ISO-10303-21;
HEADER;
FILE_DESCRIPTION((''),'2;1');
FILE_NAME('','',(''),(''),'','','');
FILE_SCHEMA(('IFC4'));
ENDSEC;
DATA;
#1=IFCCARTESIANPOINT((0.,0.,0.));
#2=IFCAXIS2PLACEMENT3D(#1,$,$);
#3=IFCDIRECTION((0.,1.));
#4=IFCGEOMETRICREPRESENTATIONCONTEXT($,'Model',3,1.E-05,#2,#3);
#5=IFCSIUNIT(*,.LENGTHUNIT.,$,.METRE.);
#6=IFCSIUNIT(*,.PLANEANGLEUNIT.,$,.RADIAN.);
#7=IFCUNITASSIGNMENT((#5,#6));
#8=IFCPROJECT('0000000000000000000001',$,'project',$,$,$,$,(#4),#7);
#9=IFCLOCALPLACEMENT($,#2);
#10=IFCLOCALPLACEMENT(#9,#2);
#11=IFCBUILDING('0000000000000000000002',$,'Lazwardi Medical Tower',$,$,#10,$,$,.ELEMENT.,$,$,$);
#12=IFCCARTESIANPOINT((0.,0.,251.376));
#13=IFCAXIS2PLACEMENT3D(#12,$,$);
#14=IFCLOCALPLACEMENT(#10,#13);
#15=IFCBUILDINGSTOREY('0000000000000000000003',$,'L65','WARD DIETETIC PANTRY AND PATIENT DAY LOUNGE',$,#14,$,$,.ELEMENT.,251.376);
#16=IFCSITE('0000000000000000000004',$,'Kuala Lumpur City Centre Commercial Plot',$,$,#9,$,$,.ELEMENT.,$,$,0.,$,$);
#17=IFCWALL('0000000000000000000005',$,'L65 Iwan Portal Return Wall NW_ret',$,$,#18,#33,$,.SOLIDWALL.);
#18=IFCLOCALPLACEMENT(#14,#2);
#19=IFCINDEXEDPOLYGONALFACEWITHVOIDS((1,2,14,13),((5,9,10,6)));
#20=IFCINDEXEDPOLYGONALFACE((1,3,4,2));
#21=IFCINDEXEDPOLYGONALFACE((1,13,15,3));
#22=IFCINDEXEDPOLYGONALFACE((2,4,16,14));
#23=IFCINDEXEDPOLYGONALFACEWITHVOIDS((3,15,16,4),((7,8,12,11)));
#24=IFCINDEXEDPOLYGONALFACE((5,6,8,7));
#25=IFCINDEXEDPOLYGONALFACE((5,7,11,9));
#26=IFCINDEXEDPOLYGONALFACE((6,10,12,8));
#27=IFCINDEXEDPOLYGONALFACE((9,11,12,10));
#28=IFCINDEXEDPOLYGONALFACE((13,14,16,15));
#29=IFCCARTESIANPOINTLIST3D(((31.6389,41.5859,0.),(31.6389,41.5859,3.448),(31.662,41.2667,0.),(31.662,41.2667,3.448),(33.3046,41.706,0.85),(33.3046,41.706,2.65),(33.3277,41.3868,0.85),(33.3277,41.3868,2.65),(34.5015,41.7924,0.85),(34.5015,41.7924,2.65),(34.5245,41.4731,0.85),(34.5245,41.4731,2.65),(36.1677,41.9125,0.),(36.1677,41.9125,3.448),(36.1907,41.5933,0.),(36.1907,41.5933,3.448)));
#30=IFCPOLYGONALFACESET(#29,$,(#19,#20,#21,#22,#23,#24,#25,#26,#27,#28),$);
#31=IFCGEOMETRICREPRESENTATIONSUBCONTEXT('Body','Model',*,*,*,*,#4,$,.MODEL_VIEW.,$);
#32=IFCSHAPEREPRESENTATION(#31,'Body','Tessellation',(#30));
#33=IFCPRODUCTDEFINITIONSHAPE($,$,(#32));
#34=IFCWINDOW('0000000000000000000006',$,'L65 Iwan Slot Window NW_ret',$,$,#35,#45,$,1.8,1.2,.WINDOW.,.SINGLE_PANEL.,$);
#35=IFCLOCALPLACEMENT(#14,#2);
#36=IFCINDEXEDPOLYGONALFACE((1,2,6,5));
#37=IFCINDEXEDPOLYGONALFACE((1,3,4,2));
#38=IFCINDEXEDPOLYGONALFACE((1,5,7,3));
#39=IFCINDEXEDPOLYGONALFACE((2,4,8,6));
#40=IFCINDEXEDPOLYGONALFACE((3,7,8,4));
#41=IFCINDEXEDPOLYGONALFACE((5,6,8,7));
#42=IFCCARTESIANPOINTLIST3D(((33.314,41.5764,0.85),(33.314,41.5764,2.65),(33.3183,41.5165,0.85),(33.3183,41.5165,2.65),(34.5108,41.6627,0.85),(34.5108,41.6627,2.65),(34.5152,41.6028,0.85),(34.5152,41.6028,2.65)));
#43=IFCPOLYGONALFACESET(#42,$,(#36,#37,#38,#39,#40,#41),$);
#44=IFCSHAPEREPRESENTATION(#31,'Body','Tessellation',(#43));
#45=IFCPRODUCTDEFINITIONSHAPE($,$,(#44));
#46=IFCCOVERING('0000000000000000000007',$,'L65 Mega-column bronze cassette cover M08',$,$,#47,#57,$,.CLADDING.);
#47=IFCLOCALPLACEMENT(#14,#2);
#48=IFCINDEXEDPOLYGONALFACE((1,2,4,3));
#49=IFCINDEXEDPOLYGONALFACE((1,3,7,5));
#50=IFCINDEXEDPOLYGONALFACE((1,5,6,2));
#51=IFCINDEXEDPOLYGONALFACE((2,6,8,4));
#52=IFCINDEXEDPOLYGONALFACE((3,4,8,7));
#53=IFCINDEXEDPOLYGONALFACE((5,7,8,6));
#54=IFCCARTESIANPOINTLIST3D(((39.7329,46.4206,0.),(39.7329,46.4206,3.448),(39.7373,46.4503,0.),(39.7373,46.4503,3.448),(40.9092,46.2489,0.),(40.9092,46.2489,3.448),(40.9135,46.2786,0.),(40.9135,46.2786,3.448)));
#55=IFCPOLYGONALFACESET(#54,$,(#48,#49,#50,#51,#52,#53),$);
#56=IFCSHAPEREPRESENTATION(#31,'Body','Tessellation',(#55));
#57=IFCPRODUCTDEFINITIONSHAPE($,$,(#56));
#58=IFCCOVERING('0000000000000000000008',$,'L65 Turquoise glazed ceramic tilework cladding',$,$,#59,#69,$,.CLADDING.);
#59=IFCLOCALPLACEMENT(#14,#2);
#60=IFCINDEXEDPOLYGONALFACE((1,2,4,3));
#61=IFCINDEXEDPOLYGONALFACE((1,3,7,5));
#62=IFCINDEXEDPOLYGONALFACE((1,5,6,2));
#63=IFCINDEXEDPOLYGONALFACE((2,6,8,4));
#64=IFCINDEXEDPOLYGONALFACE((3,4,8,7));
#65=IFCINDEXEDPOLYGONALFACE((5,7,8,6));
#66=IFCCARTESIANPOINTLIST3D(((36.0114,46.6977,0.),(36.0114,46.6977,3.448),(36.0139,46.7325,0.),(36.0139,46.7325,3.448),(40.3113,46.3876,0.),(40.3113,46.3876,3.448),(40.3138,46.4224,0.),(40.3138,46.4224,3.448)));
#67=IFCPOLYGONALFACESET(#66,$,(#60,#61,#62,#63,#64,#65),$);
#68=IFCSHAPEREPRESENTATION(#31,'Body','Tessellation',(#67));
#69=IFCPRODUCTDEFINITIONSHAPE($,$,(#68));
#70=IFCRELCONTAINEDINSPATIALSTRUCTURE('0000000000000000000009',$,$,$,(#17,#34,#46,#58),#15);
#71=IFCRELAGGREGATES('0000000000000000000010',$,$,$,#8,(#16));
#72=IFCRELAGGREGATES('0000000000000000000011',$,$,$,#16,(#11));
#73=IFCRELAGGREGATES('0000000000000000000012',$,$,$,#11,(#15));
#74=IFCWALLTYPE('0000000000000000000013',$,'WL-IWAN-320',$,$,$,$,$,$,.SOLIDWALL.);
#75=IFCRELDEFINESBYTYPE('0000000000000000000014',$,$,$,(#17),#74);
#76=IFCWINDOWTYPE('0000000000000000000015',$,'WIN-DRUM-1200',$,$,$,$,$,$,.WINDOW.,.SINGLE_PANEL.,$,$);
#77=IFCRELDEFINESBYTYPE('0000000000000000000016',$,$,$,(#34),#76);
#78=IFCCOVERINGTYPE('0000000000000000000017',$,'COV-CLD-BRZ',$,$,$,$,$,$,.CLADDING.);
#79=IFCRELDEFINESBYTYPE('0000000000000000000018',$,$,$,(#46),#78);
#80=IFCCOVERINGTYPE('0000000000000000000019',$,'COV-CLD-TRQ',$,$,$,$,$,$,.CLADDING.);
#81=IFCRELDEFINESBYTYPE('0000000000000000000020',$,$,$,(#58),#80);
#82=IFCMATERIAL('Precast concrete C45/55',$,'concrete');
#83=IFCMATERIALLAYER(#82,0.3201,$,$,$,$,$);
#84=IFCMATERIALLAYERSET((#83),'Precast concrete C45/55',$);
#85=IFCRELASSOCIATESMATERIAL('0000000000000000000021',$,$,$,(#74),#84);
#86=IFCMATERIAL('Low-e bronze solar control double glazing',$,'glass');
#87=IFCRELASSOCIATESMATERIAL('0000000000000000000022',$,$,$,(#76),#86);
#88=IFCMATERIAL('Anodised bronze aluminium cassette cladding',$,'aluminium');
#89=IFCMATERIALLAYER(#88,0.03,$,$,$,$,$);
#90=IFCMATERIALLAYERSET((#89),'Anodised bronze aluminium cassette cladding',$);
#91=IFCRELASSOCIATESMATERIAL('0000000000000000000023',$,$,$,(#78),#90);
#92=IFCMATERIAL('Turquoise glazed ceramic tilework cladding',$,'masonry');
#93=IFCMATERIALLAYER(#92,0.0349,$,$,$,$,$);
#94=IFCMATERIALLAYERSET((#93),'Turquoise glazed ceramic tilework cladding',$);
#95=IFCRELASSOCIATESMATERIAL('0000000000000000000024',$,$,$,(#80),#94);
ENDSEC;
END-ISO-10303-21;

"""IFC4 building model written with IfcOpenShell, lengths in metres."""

from ifc_helpers import new_model, si_unit, direction, frame, frame_2d, origin, origin_2d, place, context, subcontext, project, spatial, rectangle, extrude, material, layer, layer_set, type_object, element, fill, save


model = new_model("IFC4")

# Units and contexts
model_context = context("Model", 3, precision=1e-05, world=origin(), true_north=direction((0.0, 1.0)))
body_context = subcontext(model_context, "Body", "Model", "MODEL_VIEW")
ifc_project = project(units=[si_unit("LENGTHUNIT", "METRE"), si_unit("PLANEANGLEUNIT", "RADIAN")], contexts=[model_context])

# Site, building, storey
site_placement = place(None, origin())
site = spatial("IfcSite", under=ifc_project, at=site_placement, Name="Kuala Lumpur City Centre Commercial Plot", CompositionType="ELEMENT", RefElevation=0.0)
building_placement = place(site_placement, origin())
building = spatial("IfcBuilding", under=site, at=building_placement, Name="Lazwardi Medical Tower", CompositionType="ELEMENT")
storey_placement = place(building_placement, frame((0.0, 0.0, 251.376)))
storey = spatial("IfcBuildingStorey", under=building, at=storey_placement, Name="L65", Description="WARD DIETETIC PANTRY AND PATIENT DAY LOUNGE", CompositionType="ELEMENT", Elevation=251.376)

# Shared definitions
ifc_material_1 = material(Name="Low-e bronze solar control double glazing", Category="glass")

# Wall, opening, window
ifc_material_2 = material(Name="Precast concrete C45/55", Category="concrete")
ifc_layer_1 = layer(ifc_material_2, 0.3201)
ifc_layer_set_1 = layer_set([ifc_layer_1], Name="Precast concrete C45/55")
wall_type = type_object("IfcWallType", Name="WL-IWAN-320", PredefinedType="SOLIDWALL", material=ifc_layer_set_1)
wall_1_placement = place(storey_placement, frame((36.1792, 41.7529, 0.0), z_axis=(0.0, 0.0, 1.0), x_axis=(-0.997409, -0.071942, 0.0)))
wall_1 = element("IfcWall", 1, at=wall_1_placement, inside=storey, type_object=wall_type, Name="L65 Iwan Portal Return Wall NW_ret", PredefinedType="SOLIDWALL", context=body_context, shape_type="SweptSolid", body=[
    extrude(rectangle(XDim=4.5405, YDim=0.3201, at=frame_2d((2.2703, 0.0))), origin(), (0.0, 0.0, 1.0), 3.448),
])
opening_1_placement = place(wall_1_placement, frame((1.6704, 0.0, 0.8501)))
opening_1 = element("IfcOpeningElement", 2, at=opening_1_placement, cuts=wall_1, PredefinedType="OPENING", context=body_context, shape_type="SweptSolid", body=[
    extrude(rectangle(XDim=1.2, YDim=1.8, at=frame_2d((0.6001, 0.8999))), frame((0.0, 0.1699, 0.0), z_axis=(0.0, -1.0, 0.0), x_axis=(1.0, 0.0, 0.0)), (0.0, 0.0, 1.0), 0.3401),
])
window_type_1 = type_object("IfcWindowType", Name="WIN-DRUM-1200", PartitioningType="SINGLE_PANEL", PredefinedType="WINDOW", material=ifc_material_1)
window_1_placement = place(opening_1_placement, origin())
window_1 = element("IfcWindow", 3, at=window_1_placement, inside=storey, type_object=window_type_1, Name="L65 Iwan Slot Window NW_ret", OverallHeight=1.8, OverallWidth=1.2, PartitioningType="SINGLE_PANEL", PredefinedType="WINDOW", context=body_context, shape_type="SweptSolid", body=[
    extrude(rectangle(XDim=1.2, YDim=1.8, at=frame_2d((0.6001, 0.8999))), frame((0.0, 0.03, 0.0), z_axis=(0.0, -1.0, 0.0), x_axis=(1.0, 0.0, 0.0)), (0.0, 0.0, 1.0), 0.0601),
])
fill(opening_1, window_1)

# Coverings
ifc_material_3 = material(Name="Anodised bronze aluminium cassette cladding", Category="aluminium")
ifc_layer_2 = layer(ifc_material_3, 0.03)
ifc_layer_set_2 = layer_set([ifc_layer_2], Name="Anodised bronze aluminium cassette cladding")
covering_type_1 = type_object("IfcCoveringType", Name="COV-CLD-BRZ", PredefinedType="CLADDING", material=ifc_layer_set_2)
covering_1_placement = place(storey_placement, frame((40.3232, 46.3496, 0.0), z_axis=(0.0, 0.0, 1.0), x_axis=(-0.989512, 0.144448, 0.0)))
element("IfcCovering", 4, at=covering_1_placement, inside=storey, type_object=covering_type_1, Name="L65 Mega-column bronze cassette cover M08", PredefinedType="CLADDING", context=body_context, shape_type="SweptSolid", body=[
    extrude(rectangle(XDim=1.1887, YDim=0.03, at=origin_2d()), origin(), (0.0, 0.0, 1.0), 3.448),
])
ifc_material_4 = material(Name="Turquoise glazed ceramic tilework cladding", Category="masonry")
ifc_layer_3 = layer(ifc_material_4, 0.0349)
ifc_layer_set_3 = layer_set([ifc_layer_3], Name="Turquoise glazed ceramic tilework cladding")
covering_type_2 = type_object("IfcCoveringType", Name="COV-CLD-TRQ", PredefinedType="CLADDING", material=ifc_layer_set_3)
covering_2_placement = place(storey_placement, frame((38.1626, 46.5601, 0.0), z_axis=(0.0, 0.0, 1.0), x_axis=(-0.997409, 0.071933, 0.0)))
element("IfcCovering", 5, at=covering_2_placement, inside=storey, type_object=covering_type_2, Name="L65 Turquoise glazed ceramic tilework cladding", PredefinedType="CLADDING", context=body_context, shape_type="SweptSolid", body=[
    extrude(rectangle(XDim=4.311, YDim=0.0349, at=origin_2d()), origin(), (0.0, 0.0, 1.0), 3.448),
])

save(model, "model.ifc")
